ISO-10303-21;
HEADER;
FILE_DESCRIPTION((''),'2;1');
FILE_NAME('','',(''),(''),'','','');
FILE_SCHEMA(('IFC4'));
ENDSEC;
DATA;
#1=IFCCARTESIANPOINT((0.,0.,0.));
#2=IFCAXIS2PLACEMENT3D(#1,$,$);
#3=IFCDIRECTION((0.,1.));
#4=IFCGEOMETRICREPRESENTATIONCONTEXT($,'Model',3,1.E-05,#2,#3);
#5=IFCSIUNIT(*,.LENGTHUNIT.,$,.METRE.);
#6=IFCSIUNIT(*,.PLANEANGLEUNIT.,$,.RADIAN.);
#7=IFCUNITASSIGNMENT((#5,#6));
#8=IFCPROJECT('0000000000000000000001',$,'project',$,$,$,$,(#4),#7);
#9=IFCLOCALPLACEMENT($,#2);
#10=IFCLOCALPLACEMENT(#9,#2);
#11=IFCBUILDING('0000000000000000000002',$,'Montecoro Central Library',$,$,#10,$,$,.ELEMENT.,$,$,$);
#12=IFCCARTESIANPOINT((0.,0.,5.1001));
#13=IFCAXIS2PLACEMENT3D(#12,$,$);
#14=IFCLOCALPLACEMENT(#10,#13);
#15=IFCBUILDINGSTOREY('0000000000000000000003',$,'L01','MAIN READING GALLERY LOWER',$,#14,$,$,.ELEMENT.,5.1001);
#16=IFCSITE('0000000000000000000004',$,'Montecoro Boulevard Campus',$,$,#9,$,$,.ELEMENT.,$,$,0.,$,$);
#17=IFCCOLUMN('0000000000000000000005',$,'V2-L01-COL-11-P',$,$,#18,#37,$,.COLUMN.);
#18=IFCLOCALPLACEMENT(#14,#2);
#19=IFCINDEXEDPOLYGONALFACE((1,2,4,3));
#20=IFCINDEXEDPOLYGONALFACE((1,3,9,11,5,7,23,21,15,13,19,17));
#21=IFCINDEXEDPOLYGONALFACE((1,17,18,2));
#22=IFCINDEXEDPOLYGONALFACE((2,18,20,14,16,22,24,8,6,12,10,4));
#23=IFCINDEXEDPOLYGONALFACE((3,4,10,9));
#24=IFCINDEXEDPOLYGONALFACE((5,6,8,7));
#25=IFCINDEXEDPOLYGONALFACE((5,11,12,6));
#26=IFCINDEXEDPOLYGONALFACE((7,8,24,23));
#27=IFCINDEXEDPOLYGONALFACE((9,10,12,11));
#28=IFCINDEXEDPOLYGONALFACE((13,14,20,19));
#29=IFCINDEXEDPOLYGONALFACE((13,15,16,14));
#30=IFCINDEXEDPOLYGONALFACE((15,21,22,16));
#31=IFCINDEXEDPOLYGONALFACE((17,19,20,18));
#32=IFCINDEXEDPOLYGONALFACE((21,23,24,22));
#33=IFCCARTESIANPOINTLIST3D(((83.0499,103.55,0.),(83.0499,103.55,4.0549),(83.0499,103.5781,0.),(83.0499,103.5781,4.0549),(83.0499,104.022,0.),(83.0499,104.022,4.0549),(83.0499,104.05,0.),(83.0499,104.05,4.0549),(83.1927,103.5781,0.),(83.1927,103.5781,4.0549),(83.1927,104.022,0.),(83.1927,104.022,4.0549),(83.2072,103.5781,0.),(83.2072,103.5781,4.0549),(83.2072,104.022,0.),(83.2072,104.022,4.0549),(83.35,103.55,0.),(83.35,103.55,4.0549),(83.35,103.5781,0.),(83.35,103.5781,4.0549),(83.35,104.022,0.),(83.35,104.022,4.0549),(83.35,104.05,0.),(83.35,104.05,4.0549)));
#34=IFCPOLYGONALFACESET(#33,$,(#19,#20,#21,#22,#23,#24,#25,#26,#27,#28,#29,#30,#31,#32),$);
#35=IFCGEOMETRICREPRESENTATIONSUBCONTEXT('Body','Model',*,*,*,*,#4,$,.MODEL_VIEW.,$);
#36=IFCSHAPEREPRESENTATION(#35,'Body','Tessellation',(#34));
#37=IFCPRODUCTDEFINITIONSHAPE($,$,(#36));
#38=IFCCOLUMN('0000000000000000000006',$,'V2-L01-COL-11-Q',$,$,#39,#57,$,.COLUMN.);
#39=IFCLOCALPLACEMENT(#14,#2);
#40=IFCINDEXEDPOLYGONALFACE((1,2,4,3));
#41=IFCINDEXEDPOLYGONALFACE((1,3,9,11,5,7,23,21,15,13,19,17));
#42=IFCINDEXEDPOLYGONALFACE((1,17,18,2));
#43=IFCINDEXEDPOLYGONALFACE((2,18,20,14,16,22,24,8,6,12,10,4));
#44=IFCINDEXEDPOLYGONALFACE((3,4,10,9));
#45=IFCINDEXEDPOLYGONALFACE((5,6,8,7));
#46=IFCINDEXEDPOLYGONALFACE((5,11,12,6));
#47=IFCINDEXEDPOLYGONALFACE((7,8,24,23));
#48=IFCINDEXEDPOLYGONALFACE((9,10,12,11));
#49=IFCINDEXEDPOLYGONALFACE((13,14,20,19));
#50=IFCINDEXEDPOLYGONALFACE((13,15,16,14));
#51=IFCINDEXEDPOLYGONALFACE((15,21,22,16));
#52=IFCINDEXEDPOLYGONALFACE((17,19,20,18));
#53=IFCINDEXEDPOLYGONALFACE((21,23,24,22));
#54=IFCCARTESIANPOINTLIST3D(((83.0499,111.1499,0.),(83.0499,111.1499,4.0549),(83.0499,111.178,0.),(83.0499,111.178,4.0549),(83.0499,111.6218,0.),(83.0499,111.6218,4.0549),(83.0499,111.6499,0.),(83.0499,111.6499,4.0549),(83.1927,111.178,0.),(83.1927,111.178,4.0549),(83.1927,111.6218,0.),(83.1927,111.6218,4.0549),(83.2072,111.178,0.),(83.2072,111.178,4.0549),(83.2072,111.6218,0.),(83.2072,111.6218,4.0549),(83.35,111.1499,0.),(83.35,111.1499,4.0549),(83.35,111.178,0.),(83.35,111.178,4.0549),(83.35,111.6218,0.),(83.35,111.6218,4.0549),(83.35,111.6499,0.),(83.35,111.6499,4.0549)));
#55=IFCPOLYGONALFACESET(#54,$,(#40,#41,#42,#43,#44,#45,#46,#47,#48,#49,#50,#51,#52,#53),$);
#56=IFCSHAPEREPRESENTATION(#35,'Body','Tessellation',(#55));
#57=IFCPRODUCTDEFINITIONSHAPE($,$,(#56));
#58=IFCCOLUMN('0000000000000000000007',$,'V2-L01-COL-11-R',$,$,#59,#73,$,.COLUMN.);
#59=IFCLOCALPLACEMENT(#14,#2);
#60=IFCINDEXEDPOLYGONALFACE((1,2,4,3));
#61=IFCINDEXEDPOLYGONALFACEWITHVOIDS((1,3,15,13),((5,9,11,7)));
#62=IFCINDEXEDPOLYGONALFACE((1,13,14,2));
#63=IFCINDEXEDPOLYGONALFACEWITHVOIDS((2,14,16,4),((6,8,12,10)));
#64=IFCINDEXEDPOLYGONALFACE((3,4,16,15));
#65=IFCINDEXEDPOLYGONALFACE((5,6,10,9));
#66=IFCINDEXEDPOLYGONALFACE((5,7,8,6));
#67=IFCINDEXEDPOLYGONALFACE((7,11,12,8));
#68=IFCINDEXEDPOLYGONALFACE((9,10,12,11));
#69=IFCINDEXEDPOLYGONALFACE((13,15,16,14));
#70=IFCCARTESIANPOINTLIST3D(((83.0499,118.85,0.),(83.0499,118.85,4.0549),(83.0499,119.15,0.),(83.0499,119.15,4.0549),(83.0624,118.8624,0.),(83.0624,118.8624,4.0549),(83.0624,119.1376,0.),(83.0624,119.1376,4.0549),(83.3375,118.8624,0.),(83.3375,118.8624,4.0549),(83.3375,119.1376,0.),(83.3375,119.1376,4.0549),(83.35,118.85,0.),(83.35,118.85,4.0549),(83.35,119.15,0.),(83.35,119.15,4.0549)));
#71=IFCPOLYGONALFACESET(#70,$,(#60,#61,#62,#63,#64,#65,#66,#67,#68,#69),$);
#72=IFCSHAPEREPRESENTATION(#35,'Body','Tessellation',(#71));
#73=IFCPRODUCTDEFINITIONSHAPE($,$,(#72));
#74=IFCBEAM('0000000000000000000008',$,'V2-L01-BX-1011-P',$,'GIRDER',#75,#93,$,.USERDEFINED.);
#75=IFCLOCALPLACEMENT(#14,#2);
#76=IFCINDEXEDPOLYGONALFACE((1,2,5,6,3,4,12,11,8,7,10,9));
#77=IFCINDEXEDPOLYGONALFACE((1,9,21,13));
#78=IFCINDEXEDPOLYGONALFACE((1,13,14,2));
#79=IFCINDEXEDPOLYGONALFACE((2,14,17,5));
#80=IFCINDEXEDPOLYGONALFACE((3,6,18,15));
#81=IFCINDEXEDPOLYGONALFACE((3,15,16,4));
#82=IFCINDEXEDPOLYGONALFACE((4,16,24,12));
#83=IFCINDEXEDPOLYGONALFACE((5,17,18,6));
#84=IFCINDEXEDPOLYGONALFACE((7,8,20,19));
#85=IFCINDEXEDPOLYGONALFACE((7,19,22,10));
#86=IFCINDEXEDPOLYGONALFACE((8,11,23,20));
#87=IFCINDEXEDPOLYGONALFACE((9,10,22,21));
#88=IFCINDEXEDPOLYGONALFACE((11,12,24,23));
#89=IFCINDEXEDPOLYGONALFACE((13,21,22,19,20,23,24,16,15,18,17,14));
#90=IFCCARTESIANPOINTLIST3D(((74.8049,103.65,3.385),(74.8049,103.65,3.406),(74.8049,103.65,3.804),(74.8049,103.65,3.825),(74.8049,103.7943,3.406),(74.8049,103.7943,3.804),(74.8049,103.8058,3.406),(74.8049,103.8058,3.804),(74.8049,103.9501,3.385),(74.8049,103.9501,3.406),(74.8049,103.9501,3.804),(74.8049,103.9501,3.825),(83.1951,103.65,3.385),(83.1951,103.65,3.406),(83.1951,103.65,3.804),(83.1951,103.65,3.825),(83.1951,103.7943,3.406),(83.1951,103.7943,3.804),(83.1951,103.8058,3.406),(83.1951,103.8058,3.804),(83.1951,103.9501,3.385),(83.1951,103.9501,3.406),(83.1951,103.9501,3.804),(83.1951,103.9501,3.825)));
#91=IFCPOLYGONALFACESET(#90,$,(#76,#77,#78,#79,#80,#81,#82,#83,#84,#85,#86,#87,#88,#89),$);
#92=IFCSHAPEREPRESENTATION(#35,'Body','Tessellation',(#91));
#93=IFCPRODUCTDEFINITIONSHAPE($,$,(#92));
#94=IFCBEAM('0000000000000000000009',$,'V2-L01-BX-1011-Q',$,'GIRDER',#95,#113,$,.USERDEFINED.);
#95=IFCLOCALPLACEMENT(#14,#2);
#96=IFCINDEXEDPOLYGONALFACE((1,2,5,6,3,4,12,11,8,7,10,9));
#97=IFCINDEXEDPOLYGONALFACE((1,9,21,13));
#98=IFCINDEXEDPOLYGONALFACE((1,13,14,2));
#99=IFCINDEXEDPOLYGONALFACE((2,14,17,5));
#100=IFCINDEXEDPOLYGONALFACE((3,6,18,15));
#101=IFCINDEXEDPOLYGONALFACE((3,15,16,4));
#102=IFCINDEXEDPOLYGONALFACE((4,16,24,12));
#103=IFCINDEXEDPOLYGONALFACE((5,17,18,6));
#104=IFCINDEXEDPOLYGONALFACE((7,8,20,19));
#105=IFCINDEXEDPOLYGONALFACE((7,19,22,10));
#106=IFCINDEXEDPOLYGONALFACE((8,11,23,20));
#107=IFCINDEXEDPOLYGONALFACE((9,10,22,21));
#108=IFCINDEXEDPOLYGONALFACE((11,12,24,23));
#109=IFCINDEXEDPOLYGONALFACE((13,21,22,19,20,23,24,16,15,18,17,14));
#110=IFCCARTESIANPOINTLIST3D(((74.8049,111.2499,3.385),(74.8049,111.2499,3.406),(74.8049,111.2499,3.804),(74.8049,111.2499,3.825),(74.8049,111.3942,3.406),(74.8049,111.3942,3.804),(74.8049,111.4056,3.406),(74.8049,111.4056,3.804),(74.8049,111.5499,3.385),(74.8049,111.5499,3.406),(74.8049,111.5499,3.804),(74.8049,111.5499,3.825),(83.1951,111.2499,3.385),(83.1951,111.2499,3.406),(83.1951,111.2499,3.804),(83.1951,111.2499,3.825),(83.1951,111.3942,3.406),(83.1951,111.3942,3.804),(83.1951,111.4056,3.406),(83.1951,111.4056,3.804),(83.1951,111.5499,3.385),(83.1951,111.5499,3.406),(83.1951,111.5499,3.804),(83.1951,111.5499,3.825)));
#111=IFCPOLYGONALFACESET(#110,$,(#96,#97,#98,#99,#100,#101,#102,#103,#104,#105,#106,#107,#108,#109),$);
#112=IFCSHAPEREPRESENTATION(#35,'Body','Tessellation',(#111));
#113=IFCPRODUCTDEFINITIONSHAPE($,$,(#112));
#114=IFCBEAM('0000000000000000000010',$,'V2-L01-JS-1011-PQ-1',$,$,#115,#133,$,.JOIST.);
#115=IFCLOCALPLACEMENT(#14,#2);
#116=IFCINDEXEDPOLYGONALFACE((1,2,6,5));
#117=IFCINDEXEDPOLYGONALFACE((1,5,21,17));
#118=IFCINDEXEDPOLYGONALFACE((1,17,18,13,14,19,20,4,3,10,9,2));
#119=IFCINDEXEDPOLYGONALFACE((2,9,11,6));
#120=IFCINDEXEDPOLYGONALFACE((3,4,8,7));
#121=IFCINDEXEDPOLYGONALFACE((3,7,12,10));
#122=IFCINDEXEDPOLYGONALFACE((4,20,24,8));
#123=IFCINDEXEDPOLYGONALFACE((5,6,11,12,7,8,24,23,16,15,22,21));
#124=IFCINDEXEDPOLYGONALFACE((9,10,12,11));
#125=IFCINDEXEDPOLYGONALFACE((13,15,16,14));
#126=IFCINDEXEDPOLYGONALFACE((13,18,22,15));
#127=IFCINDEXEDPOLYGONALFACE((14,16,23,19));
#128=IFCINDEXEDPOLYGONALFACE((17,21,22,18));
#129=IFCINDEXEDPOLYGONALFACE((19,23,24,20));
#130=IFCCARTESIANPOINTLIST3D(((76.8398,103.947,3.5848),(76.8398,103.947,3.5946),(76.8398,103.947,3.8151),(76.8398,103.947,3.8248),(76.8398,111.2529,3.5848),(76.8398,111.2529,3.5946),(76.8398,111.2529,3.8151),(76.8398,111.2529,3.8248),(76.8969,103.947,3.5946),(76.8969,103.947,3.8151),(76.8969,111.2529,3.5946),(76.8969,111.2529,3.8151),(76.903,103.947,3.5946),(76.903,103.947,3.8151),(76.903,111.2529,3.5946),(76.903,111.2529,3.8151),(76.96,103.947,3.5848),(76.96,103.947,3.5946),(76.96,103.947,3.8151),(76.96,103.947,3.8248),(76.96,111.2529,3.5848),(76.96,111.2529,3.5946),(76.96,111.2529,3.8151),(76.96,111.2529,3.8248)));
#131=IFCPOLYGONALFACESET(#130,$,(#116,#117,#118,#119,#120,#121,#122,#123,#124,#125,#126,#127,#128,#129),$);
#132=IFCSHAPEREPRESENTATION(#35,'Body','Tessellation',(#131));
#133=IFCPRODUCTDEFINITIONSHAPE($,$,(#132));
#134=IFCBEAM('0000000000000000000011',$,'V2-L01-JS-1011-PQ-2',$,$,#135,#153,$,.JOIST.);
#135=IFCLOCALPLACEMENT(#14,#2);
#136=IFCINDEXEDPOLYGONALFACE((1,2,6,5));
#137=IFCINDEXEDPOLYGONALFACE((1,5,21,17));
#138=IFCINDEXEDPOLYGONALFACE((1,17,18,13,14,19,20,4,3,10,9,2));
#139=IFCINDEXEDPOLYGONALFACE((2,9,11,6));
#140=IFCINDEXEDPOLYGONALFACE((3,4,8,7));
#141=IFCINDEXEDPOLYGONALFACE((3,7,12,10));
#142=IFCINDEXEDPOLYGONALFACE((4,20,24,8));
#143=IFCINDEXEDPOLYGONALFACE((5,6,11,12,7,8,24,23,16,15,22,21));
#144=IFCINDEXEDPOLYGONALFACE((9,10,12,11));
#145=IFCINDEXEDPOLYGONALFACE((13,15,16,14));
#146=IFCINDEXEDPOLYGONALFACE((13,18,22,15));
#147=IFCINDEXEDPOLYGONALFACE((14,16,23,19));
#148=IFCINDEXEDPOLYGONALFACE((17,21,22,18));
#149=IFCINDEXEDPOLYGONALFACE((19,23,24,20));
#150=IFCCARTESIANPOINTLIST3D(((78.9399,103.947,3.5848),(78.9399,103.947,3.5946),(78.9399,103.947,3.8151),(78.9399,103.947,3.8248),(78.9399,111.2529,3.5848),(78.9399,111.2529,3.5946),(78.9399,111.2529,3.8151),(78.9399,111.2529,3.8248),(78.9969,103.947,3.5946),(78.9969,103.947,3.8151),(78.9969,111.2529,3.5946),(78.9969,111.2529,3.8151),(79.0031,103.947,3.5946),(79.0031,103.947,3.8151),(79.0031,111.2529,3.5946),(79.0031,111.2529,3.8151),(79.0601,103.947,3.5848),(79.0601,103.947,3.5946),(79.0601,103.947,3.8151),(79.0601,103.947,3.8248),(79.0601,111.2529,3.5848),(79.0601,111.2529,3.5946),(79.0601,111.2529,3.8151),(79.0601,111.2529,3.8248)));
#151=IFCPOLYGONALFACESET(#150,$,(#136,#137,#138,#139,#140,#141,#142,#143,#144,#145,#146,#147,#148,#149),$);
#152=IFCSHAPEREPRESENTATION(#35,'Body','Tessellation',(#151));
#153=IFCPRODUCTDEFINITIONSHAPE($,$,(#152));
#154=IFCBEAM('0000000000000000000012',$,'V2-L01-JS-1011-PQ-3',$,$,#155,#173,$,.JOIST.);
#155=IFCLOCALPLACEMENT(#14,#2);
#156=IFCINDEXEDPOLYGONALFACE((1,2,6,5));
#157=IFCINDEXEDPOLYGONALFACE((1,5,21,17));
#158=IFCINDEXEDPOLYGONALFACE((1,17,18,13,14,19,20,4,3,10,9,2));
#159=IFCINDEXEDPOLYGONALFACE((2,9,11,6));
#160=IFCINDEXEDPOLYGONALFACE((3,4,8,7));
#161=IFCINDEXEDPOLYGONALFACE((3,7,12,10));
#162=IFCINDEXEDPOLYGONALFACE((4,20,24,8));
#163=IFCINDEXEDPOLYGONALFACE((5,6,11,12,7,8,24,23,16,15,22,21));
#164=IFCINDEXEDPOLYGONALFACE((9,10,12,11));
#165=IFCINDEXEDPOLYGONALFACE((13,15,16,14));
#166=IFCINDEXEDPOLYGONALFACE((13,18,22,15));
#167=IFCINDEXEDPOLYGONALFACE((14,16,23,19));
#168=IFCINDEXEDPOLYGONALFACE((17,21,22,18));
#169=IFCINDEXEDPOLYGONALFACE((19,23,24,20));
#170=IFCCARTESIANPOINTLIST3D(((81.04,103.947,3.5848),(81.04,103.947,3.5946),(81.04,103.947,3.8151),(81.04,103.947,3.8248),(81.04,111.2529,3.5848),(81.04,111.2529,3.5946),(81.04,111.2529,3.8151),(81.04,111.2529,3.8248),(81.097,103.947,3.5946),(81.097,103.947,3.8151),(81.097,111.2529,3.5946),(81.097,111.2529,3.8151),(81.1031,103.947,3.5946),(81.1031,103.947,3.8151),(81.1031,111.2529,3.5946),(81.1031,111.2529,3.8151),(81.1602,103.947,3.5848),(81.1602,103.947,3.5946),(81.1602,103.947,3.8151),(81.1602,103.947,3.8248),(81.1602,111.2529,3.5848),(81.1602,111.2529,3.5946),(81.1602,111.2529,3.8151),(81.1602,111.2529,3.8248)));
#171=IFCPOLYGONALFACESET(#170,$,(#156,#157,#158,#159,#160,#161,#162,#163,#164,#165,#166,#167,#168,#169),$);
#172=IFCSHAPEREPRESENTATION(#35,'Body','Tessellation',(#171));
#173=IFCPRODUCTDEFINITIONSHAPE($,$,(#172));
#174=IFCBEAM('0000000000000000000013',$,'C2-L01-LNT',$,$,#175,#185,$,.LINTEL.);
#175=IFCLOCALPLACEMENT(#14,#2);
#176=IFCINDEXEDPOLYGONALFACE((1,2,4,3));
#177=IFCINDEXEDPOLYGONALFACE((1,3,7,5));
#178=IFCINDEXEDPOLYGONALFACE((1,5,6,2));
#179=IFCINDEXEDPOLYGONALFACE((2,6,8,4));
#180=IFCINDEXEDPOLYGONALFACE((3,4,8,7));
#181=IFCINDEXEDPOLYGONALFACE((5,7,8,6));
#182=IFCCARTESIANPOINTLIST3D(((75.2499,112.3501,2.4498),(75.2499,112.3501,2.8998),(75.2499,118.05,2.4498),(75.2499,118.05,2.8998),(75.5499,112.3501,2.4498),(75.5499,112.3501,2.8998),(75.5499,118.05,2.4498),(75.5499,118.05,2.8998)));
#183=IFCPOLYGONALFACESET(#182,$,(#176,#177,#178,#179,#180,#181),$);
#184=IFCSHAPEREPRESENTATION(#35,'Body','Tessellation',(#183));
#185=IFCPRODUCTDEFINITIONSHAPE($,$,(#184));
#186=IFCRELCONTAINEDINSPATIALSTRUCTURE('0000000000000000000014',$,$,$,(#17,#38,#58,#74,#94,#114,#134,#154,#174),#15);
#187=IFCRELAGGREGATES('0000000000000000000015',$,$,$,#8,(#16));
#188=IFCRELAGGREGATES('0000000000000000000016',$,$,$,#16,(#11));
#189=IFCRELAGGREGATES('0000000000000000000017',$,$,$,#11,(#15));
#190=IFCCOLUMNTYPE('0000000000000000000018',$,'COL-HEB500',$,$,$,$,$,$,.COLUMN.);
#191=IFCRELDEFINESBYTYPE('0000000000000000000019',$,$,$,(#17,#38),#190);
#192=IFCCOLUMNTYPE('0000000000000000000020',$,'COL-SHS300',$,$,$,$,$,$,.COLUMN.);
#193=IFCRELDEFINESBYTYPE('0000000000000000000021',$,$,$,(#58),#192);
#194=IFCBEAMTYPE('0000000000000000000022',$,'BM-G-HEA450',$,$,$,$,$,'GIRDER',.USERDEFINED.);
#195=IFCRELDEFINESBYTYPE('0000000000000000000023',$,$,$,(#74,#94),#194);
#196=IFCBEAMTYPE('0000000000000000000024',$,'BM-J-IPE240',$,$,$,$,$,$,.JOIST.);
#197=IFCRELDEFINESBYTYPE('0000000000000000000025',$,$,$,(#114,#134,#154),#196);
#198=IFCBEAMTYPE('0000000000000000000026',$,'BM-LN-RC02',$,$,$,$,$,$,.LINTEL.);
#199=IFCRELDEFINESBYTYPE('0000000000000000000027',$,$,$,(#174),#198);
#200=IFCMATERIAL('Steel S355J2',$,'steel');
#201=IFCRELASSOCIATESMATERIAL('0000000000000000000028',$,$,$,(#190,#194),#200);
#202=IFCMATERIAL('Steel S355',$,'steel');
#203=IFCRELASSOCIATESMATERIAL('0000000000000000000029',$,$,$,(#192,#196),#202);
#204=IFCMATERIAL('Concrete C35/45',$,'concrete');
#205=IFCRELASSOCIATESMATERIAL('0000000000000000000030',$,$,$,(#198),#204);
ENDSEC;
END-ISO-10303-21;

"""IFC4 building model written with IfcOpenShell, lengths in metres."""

from ifc_helpers import new_model, si_unit, direction, frame, origin, origin_2d, place, context, subcontext, project, spatial, rectangle, hollow_rectangle, i_section, extrude, material, material_profile, profile_set, type_object, element, save


model = new_model("IFC4")

# Units and contexts
model_context = context("Model", 3, precision=1e-05, world=origin(), true_north=direction((0.0, 1.0)))
body_context = subcontext(model_context, "Body", "Model", "MODEL_VIEW")
ifc_project = project(units=[si_unit("LENGTHUNIT", "METRE"), si_unit("PLANEANGLEUNIT", "RADIAN")], contexts=[model_context])

# Site, building, storey
site_placement = place(None, origin())
site = spatial("IfcSite", under=ifc_project, at=site_placement, Name="Montecoro Boulevard Campus", CompositionType="ELEMENT", RefElevation=0.0)
building_placement = place(site_placement, origin())
building = spatial("IfcBuilding", under=site, at=building_placement, Name="Montecoro Central Library", CompositionType="ELEMENT")
storey_placement = place(building_placement, frame((0.0, 0.0, 5.1001)))
storey = spatial("IfcBuildingStorey", under=building, at=storey_placement, Name="L01", Description="MAIN READING GALLERY LOWER", CompositionType="ELEMENT", Elevation=5.1001)

# Columns
ifc_material_1 = material(Name="Steel S355J2", Category="steel")
ifc_material_profile_1 = material_profile(ifc_material_1, i_section(OverallWidth=0.3, OverallDepth=0.5, WebThickness=0.0144, FlangeThickness=0.0281, at=origin_2d()), Name="HEB 500")
ifc_profile_set_1 = profile_set([ifc_material_profile_1], Name="Steel S355J2")
column_type_1 = type_object("IfcColumnType", Name="COL-HEB500", PredefinedType="COLUMN", material=ifc_profile_set_1)
for number, where, z_axis, x_axis, name in (
    (1, (83.2, 103.8, 0.0), (0.0, 0.0, 1.0), (1.0, 0.0, 0.0), "V2-L01-COL-11-P"),
    (2, (83.2, 111.3999, 0.0), (0.0, 0.0, 1.0), (1.0, 0.0, 0.0), "V2-L01-COL-11-Q"),
):
    element("IfcColumn", number, at=place(storey_placement, frame(where, z_axis=z_axis, x_axis=x_axis)), inside=storey, type_object=column_type_1, Name=name, PredefinedType="COLUMN", context=body_context, shape_type="SweptSolid", body=[
        extrude(i_section(OverallWidth=0.3, OverallDepth=0.5, WebThickness=0.0144, FlangeThickness=0.0281, at=origin_2d()), origin(), (0.0, 0.0, 1.0), 4.0549),
    ])
ifc_material_2 = material(Name="Steel S355", Category="steel")
ifc_material_profile_2 = material_profile(ifc_material_2, hollow_rectangle(XDim=0.3, YDim=0.3, WallThickness=0.0125, at=origin_2d()), Name="SHS 300x300x12.5")
ifc_profile_set_2 = profile_set([ifc_material_profile_2], Name="Steel S355")
column_type_2 = type_object("IfcColumnType", Name="COL-SHS300", PredefinedType="COLUMN", material=ifc_profile_set_2)
column_placement = place(storey_placement, frame((83.2, 119.0, 0.0), z_axis=(0.0, 0.0, 1.0), x_axis=(1.0, 0.0, 0.0)))
element("IfcColumn", 3, at=column_placement, inside=storey, type_object=column_type_2, Name="V2-L01-COL-11-R", PredefinedType="COLUMN", context=body_context, shape_type="SweptSolid", body=[
    extrude(hollow_rectangle(XDim=0.3, YDim=0.3, WallThickness=0.0125, at=origin_2d()), origin(), (0.0, 0.0, 1.0), 4.0549),
])

# Beams
ifc_material_profile_3 = material_profile(ifc_material_1, i_section(OverallWidth=0.3, OverallDepth=0.4399, WebThickness=0.0115, FlangeThickness=0.021, at=origin_2d()), Name="HEA 450")
ifc_profile_set_3 = profile_set([ifc_material_profile_3], Name="Steel S355J2")
beam_type_1 = type_object("IfcBeamType", Name="BM-G-HEA450", ElementType="GIRDER", PredefinedType="USERDEFINED", material=ifc_profile_set_3)
for number, where, z_axis, x_axis, name in (
    (4, (74.8049, 103.8, 3.605), (1.0, 0.0, 0.0), (0.0, 1.0, 0.0), "V2-L01-BX-1011-P"),
    (5, (74.8049, 111.3999, 3.605), (1.0, 0.0, 0.0), (0.0, 1.0, 0.0), "V2-L01-BX-1011-Q"),
):
    element("IfcBeam", number, at=place(storey_placement, frame(where, z_axis=z_axis, x_axis=x_axis)), inside=storey, type_object=beam_type_1, Name=name, ObjectType="GIRDER", PredefinedType="USERDEFINED", context=body_context, shape_type="SweptSolid", body=[
        extrude(i_section(OverallWidth=0.3, OverallDepth=0.4399, WebThickness=0.0115, FlangeThickness=0.021, at=origin_2d()), origin(), (0.0, 0.0, 1.0), 8.3901),
    ])
ifc_material_profile_4 = material_profile(ifc_material_2, i_section(OverallWidth=0.1201, OverallDepth=0.24, WebThickness=0.0061, FlangeThickness=0.0098, at=origin_2d()), Name="IPE 240")
ifc_profile_set_4 = profile_set([ifc_material_profile_4], Name="Steel S355")
beam_type_2 = type_object("IfcBeamType", Name="BM-J-IPE240", PredefinedType="JOIST", material=ifc_profile_set_4)
for number, where, z_axis, x_axis, name in (
    (6, (76.8999, 103.947, 3.7048), (0.0, 1.0, 0.0), (-1.0, 0.0, 0.0), "V2-L01-JS-1011-PQ-1"),
    (7, (79.0, 103.947, 3.7048), (0.0, 1.0, 0.0), (-1.0, 0.0, 0.0), "V2-L01-JS-1011-PQ-2"),
    (8, (81.1001, 103.947, 3.7048), (0.0, 1.0, 0.0), (-1.0, 0.0, 0.0), "V2-L01-JS-1011-PQ-3"),
):
    element("IfcBeam", number, at=place(storey_placement, frame(where, z_axis=z_axis, x_axis=x_axis)), inside=storey, type_object=beam_type_2, Name=name, PredefinedType="JOIST", context=body_context, shape_type="SweptSolid", body=[
        extrude(i_section(OverallWidth=0.1201, OverallDepth=0.24, WebThickness=0.0061, FlangeThickness=0.0098, at=origin_2d()), origin(), (0.0, 0.0, 1.0), 7.3059),
    ])
ifc_material_3 = material(Name="Concrete C35/45", Category="concrete")
ifc_material_profile_5 = material_profile(ifc_material_3, rectangle(XDim=0.3, YDim=0.45, at=origin_2d()), Name="RC LNT 450x300")
ifc_profile_set_5 = profile_set([ifc_material_profile_5], Name="Concrete C35/45")
beam_type_3 = type_object("IfcBeamType", Name="BM-LN-RC02", PredefinedType="LINTEL", material=ifc_profile_set_5)
beam_1_placement = place(storey_placement, frame((75.3999, 112.3501, 2.6748), z_axis=(0.0, 1.0, 0.0), x_axis=(-1.0, 0.0, 0.0)))
element("IfcBeam", 9, at=beam_1_placement, inside=storey, type_object=beam_type_3, Name="C2-L01-LNT", PredefinedType="LINTEL", context=body_context, shape_type="SweptSolid", body=[
    extrude(rectangle(XDim=0.3, YDim=0.45, at=origin_2d()), origin(), (0.0, 0.0, 1.0), 5.7),
])

save(model, "model.ifc")
